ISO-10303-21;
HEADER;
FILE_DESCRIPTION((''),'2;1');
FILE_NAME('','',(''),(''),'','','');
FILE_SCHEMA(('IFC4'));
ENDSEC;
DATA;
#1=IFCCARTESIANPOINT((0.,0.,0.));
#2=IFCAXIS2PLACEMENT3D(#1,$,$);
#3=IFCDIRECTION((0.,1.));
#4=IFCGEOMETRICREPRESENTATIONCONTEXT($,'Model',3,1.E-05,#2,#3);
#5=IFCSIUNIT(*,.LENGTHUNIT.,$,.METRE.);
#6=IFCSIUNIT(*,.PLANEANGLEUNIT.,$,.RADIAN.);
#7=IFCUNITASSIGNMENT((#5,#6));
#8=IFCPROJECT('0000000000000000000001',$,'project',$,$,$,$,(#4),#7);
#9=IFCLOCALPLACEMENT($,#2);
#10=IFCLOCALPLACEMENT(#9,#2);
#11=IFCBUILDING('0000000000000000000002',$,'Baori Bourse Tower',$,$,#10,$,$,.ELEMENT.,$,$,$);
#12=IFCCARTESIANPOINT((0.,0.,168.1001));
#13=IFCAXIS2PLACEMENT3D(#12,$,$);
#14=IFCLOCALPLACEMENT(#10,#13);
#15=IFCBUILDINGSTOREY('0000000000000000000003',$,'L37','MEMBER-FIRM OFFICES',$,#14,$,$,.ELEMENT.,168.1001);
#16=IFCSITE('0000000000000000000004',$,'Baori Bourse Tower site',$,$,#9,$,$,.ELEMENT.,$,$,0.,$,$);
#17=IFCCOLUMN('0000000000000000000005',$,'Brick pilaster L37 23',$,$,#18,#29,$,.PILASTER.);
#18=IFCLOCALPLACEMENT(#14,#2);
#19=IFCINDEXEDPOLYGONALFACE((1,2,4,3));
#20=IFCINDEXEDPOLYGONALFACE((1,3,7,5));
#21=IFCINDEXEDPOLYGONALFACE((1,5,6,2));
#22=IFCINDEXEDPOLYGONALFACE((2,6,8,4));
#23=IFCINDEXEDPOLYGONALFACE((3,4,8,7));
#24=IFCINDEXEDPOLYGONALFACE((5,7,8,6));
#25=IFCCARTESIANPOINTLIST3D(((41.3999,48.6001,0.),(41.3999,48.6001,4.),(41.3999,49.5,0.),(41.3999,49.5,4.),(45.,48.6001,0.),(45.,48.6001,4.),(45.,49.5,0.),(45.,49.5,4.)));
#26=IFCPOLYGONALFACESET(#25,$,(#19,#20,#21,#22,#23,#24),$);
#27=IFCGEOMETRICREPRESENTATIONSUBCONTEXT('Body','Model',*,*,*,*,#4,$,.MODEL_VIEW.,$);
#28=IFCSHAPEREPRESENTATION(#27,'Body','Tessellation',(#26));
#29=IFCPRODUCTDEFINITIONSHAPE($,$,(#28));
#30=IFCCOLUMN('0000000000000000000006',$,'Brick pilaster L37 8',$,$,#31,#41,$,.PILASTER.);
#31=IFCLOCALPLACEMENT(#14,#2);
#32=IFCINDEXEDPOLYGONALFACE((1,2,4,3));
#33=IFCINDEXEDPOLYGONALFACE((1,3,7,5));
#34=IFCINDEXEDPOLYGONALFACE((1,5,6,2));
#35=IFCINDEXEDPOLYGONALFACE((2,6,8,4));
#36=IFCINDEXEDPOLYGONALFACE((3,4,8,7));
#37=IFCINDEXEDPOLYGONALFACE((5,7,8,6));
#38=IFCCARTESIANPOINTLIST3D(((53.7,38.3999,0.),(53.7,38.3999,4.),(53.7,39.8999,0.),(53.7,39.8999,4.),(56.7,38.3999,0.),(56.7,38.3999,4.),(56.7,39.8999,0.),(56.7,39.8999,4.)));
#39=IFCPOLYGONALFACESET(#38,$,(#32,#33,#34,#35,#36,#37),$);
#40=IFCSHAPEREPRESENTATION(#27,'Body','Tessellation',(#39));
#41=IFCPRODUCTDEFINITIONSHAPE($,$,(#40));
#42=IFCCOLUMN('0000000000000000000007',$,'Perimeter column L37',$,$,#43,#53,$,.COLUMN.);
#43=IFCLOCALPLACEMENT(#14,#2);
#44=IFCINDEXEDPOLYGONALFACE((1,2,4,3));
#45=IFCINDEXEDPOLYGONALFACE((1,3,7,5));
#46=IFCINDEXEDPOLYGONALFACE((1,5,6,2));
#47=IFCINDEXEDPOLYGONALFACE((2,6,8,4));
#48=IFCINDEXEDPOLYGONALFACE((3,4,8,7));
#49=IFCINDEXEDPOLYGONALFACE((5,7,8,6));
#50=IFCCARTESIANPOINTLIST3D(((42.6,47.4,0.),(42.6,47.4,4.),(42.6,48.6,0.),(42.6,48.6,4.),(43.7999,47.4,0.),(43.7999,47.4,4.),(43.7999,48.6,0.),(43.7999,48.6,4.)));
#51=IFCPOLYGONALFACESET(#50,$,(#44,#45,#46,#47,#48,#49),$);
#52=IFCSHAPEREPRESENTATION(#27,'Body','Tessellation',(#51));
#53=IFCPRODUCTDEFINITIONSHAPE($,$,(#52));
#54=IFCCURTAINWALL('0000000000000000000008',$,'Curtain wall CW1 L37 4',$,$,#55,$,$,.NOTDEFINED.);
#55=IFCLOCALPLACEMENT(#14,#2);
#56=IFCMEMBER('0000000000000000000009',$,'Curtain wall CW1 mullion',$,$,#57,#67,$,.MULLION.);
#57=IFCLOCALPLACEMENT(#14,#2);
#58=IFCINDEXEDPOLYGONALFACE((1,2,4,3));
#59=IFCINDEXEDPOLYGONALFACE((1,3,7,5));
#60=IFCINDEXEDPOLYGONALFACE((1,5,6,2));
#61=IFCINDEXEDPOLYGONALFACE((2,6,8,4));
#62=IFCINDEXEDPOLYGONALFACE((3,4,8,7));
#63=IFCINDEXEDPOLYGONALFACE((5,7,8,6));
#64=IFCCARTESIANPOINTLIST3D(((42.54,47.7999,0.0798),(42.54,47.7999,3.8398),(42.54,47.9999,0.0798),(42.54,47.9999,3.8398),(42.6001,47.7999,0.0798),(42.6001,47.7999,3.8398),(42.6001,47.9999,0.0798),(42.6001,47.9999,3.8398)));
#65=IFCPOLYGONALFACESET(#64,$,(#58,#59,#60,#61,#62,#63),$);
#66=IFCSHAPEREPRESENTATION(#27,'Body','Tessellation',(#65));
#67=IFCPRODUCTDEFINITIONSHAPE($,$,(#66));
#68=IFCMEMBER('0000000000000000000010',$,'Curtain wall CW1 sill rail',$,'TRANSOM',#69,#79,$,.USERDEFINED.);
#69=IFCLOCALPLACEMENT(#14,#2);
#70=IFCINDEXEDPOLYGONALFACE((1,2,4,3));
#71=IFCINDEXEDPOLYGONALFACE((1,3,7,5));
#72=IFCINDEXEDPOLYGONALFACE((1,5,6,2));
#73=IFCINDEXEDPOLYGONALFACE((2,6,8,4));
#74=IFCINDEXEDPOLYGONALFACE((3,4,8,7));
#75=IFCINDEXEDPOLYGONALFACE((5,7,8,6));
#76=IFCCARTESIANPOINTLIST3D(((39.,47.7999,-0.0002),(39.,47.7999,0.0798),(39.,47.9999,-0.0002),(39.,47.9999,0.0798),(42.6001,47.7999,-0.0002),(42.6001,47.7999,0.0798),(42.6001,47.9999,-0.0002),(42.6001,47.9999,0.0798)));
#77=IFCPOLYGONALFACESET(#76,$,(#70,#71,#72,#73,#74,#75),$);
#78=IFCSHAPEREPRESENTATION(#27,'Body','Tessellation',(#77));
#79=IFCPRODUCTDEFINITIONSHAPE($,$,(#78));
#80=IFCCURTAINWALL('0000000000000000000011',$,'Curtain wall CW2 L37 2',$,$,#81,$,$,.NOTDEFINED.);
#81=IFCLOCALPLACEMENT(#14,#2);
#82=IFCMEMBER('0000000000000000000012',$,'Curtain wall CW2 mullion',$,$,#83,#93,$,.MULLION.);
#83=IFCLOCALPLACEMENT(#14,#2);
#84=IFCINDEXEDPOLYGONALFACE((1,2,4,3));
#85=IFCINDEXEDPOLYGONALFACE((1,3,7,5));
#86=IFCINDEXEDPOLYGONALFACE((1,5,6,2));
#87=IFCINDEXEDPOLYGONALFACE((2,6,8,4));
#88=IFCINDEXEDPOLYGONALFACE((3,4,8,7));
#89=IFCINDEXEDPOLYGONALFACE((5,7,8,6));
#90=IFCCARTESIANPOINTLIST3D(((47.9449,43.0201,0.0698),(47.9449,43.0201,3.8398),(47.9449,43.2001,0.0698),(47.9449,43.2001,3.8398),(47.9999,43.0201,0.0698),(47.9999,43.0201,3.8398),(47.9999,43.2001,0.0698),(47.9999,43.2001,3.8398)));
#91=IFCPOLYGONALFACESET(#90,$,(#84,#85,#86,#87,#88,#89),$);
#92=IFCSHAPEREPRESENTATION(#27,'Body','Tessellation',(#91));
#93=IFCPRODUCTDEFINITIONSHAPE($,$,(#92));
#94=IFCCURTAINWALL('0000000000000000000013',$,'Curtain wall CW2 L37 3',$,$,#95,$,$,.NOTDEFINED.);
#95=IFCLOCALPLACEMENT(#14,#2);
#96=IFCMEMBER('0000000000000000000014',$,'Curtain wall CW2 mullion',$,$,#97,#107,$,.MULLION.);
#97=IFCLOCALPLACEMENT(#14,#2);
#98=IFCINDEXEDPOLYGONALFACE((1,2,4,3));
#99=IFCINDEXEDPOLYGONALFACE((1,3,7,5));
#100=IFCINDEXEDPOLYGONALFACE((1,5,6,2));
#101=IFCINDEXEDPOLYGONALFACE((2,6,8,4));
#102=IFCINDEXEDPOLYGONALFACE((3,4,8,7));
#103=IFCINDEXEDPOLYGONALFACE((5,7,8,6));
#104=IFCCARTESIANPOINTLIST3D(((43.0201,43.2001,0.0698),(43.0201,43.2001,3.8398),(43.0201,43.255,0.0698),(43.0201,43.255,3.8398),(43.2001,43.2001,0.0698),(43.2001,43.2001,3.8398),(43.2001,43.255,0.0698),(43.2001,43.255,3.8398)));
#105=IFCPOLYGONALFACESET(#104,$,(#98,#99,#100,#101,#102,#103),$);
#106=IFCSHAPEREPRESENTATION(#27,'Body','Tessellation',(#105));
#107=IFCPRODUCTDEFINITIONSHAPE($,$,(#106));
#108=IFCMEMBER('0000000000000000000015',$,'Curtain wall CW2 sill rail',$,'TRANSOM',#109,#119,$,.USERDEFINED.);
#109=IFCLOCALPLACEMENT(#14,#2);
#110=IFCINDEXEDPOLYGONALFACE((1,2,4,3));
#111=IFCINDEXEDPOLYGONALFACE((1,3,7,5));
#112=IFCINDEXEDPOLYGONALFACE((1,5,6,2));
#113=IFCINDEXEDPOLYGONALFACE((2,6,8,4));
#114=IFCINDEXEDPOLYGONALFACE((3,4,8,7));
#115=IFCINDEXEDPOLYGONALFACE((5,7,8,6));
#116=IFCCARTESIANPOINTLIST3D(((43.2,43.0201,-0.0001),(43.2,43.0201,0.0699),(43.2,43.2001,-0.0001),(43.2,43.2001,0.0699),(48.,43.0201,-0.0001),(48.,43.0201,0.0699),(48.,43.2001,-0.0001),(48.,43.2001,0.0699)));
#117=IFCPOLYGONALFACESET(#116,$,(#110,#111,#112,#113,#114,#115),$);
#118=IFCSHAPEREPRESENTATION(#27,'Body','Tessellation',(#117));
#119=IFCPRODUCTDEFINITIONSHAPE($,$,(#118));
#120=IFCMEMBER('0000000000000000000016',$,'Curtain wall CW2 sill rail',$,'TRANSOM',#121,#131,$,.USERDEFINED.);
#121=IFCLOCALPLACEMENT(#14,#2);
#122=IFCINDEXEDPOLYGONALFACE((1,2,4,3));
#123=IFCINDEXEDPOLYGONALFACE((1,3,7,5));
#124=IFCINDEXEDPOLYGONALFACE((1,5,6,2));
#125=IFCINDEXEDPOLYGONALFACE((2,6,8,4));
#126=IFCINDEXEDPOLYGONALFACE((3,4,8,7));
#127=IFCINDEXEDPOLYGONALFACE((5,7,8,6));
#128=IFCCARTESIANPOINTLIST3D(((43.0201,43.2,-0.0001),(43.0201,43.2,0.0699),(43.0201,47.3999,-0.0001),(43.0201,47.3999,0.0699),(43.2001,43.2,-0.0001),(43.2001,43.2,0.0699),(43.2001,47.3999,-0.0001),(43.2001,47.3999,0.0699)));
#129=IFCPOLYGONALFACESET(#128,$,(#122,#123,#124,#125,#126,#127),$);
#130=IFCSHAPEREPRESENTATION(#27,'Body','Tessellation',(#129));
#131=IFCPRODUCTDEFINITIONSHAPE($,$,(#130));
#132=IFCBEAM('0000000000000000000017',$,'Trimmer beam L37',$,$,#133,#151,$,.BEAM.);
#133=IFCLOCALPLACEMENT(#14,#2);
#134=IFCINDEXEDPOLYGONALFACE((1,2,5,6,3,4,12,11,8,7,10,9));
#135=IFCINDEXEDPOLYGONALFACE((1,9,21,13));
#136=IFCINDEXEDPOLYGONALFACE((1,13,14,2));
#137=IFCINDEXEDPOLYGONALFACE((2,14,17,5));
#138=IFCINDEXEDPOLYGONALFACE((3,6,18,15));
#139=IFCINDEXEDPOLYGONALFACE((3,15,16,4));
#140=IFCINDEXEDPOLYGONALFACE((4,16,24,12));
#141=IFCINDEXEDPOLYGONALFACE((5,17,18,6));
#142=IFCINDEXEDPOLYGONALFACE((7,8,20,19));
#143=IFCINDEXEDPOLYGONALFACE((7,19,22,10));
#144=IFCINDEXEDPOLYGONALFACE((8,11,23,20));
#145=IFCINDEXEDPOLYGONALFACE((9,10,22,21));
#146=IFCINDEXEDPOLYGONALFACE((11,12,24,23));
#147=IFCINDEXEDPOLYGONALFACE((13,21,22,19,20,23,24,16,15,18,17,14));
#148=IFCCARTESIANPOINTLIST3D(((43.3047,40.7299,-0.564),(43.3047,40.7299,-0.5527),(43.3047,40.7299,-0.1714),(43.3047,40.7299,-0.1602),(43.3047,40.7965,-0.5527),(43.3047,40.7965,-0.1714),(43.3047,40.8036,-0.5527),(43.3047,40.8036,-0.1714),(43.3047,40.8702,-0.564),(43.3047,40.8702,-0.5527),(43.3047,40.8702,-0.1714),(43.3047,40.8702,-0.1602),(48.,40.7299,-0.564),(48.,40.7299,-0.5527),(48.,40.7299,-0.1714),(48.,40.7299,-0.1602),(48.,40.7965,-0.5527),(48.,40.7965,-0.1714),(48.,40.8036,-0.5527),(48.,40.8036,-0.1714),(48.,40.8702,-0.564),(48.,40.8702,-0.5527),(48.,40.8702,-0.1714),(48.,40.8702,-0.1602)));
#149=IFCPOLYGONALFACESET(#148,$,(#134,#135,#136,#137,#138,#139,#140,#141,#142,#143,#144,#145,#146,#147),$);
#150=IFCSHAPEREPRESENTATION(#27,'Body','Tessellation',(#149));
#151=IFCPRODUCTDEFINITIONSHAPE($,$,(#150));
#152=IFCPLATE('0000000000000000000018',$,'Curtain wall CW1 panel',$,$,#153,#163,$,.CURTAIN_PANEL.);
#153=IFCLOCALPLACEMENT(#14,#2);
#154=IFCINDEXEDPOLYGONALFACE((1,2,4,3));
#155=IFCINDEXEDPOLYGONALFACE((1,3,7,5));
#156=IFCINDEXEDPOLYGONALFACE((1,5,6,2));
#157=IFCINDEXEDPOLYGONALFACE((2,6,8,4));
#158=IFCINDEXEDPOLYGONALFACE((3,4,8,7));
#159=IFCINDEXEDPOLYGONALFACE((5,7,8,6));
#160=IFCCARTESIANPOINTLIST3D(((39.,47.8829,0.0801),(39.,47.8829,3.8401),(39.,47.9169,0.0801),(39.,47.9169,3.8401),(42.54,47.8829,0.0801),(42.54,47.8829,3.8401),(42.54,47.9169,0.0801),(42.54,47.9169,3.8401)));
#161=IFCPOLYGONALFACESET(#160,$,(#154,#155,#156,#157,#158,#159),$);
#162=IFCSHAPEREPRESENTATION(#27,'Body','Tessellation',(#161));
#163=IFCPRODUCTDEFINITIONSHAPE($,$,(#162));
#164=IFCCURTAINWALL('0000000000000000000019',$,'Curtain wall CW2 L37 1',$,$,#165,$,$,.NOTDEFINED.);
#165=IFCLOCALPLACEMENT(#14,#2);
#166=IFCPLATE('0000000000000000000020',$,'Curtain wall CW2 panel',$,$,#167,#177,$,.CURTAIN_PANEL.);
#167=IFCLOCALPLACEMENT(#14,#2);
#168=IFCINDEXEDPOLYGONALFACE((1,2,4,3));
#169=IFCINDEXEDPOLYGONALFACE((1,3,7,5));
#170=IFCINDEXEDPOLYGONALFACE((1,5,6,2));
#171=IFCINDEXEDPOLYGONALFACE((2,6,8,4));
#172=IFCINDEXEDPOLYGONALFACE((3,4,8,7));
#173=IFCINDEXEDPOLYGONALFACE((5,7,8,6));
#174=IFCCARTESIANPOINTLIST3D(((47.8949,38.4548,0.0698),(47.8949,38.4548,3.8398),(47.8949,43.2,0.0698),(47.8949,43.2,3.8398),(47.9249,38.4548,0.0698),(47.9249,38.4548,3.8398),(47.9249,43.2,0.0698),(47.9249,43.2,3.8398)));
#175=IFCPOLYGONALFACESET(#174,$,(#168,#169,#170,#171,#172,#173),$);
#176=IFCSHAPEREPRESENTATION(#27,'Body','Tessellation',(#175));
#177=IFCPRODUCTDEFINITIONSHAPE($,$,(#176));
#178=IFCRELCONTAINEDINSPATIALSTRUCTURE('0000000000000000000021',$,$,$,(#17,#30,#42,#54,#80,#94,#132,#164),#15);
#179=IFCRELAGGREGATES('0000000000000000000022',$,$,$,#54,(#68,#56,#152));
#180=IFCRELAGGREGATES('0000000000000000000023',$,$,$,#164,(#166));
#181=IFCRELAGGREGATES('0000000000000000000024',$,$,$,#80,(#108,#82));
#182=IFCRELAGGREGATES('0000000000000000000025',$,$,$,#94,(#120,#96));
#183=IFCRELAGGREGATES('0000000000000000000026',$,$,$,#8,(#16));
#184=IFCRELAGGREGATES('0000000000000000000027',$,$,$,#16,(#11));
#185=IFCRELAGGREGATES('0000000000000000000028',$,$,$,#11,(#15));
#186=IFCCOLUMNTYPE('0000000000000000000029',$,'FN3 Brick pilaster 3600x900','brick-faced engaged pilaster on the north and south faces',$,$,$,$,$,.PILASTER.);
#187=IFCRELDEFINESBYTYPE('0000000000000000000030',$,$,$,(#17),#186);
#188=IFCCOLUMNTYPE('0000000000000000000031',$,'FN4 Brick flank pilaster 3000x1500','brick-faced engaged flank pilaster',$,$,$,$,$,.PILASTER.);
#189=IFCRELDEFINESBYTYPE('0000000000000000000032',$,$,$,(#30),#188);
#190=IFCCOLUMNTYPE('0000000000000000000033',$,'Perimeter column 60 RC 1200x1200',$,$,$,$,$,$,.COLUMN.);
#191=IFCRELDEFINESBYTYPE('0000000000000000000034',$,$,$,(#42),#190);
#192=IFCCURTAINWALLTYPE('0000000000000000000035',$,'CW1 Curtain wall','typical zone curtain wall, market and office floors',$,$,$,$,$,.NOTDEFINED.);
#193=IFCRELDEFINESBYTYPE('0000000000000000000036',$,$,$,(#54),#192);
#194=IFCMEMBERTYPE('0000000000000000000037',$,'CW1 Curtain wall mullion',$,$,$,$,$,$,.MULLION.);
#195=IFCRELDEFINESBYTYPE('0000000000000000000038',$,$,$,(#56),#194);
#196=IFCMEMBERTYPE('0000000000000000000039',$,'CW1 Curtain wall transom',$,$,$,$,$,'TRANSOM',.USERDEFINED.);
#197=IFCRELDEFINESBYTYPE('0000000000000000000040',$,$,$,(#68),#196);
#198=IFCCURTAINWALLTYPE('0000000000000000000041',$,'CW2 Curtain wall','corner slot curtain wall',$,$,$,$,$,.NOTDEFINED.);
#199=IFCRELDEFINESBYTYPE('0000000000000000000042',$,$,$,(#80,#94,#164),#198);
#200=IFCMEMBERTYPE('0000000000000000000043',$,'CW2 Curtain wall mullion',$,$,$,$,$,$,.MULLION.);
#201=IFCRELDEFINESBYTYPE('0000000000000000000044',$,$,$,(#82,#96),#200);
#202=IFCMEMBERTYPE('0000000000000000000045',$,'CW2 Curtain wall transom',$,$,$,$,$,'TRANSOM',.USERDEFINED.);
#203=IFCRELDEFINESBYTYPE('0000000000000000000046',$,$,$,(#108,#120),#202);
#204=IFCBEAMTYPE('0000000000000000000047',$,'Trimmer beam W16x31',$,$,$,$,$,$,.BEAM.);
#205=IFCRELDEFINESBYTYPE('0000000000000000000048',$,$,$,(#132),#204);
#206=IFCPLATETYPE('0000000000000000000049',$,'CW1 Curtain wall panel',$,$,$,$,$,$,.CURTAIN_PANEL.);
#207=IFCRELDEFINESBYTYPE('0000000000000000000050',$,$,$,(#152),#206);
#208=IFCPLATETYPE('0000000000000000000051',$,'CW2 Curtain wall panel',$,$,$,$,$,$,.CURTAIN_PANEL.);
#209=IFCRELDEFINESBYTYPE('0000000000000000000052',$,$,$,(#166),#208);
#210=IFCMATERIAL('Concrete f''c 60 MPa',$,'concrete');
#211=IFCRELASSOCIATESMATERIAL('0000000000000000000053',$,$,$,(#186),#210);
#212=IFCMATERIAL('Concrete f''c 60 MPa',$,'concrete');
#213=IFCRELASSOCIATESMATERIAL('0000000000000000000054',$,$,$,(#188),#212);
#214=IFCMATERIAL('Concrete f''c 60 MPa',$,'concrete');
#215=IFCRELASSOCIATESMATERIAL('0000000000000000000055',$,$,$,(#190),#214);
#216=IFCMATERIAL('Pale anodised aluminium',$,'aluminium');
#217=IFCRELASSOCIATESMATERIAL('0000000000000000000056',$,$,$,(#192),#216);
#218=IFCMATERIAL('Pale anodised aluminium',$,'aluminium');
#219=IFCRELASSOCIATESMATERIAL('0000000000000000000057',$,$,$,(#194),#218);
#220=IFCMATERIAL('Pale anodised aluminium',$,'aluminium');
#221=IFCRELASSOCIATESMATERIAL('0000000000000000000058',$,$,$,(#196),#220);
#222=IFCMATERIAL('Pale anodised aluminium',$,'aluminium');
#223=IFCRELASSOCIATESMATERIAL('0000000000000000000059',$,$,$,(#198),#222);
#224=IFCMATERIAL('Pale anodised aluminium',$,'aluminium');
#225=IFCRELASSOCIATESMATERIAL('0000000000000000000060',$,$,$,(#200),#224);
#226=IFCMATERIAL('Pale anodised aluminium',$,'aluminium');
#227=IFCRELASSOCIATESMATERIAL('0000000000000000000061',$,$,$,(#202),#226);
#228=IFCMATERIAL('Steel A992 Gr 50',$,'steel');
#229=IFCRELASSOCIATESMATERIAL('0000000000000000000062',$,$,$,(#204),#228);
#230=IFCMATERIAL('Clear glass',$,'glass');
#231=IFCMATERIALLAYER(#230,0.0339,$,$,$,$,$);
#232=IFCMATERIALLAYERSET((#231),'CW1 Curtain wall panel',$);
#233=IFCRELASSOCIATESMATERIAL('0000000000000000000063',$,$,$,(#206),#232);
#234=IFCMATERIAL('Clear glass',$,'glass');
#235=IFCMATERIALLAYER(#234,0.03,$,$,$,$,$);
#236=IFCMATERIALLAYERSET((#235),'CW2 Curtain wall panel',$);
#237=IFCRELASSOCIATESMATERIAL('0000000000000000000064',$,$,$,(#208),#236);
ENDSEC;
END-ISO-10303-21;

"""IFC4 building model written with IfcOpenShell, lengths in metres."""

from ifc_helpers import new_model, si_unit, direction, frame, origin, origin_2d, place, context, subcontext, project, spatial, rectangle, i_section, extrude, material, layer, layer_set, material_profile, profile_set, type_object, element, aggregate, save


model = new_model("IFC4")

# Units and contexts
model_context = context("Model", 3, precision=1e-05, world=origin(), true_north=direction((0.0, 1.0)))
body_context = subcontext(model_context, "Body", "Model", "MODEL_VIEW")
ifc_project = project(units=[si_unit("LENGTHUNIT", "METRE"), si_unit("PLANEANGLEUNIT", "RADIAN")], contexts=[model_context])

# Site, building, storey
site_placement = place(None, origin())
site = spatial("IfcSite", under=ifc_project, at=site_placement, Name="Baori Bourse Tower site", CompositionType="ELEMENT", RefElevation=0.0)
building_placement = place(site_placement, origin())
building = spatial("IfcBuilding", under=site, at=building_placement, Name="Baori Bourse Tower", CompositionType="ELEMENT")
storey_placement = place(building_placement, frame((0.0, 0.0, 168.1001)))
storey = spatial("IfcBuildingStorey", under=building, at=storey_placement, Name="L37", Description="MEMBER-FIRM OFFICES", CompositionType="ELEMENT", Elevation=168.1001)

# Columns
ifc_material_1 = material(Name="Concrete f'c 60 MPa", Category="concrete")
ifc_material_profile_1 = material_profile(ifc_material_1, rectangle(XDim=3.6001, YDim=0.8999, at=origin_2d()), Name="RC 3600x900")
ifc_profile_set_1 = profile_set([ifc_material_profile_1], Name="Concrete f'c 60 MPa")
column_type_1 = type_object("IfcColumnType", Name="FN3 Brick pilaster 3600x900", Description="brick-faced engaged pilaster on the north and south faces", PredefinedType="PILASTER", material=ifc_profile_set_1)
column_1_placement = place(storey_placement, frame((43.2, 49.05, 0.0), z_axis=(0.0, 0.0, 1.0), x_axis=(1.0, 0.0, 0.0)))
element("IfcColumn", 1, at=column_1_placement, inside=storey, type_object=column_type_1, Name="Brick pilaster L37 23", PredefinedType="PILASTER", context=body_context, shape_type="SweptSolid", body=[
    extrude(rectangle(XDim=3.6001, YDim=0.8999, at=origin_2d()), origin(), (0.0, 0.0, 1.0), 4.0),
])
ifc_material_2 = material(Name="Concrete f'c 60 MPa", Category="concrete")
ifc_material_profile_2 = material_profile(ifc_material_2, rectangle(XDim=3.0, YDim=1.5, at=origin_2d()), Name="RC 3000x1500")
ifc_profile_set_2 = profile_set([ifc_material_profile_2], Name="Concrete f'c 60 MPa")
column_type_2 = type_object("IfcColumnType", Name="FN4 Brick flank pilaster 3000x1500", Description="brick-faced engaged flank pilaster", PredefinedType="PILASTER", material=ifc_profile_set_2)
column_2_placement = place(storey_placement, frame((55.2, 39.1499, 0.0), z_axis=(0.0, 0.0, 1.0), x_axis=(1.0, 0.0, 0.0)))
element("IfcColumn", 2, at=column_2_placement, inside=storey, type_object=column_type_2, Name="Brick pilaster L37 8", PredefinedType="PILASTER", context=body_context, shape_type="SweptSolid", body=[
    extrude(rectangle(XDim=3.0, YDim=1.5, at=origin_2d()), origin(), (0.0, 0.0, 1.0), 4.0),
])
ifc_material_3 = material(Name="Concrete f'c 60 MPa", Category="concrete")
ifc_material_profile_3 = material_profile(ifc_material_3, rectangle(XDim=1.2, YDim=1.2, at=origin_2d()), Name="RC 1200x1200")
ifc_profile_set_3 = profile_set([ifc_material_profile_3], Name="Concrete f'c 60 MPa")
column_type_3 = type_object("IfcColumnType", Name="Perimeter column 60 RC 1200x1200", PredefinedType="COLUMN", material=ifc_profile_set_3)
column_3_placement = place(storey_placement, frame((43.2, 48.0, 0.0), z_axis=(0.0, 0.0, 1.0), x_axis=(1.0, 0.0, 0.0)))
element("IfcColumn", 3, at=column_3_placement, inside=storey, type_object=column_type_3, Name="Perimeter column L37", PredefinedType="COLUMN", context=body_context, shape_type="SweptSolid", body=[
    extrude(rectangle(XDim=1.2, YDim=1.2, at=origin_2d()), origin(), (0.0, 0.0, 1.0), 4.0),
])

# Curtain wall, members
ifc_material_4 = material(Name="Pale anodised aluminium", Category="aluminium")
curtain_wall_type_1 = type_object("IfcCurtainWallType", Name="CW1 Curtain wall", Description="typical zone curtain wall, market and office floors", PredefinedType="NOTDEFINED", material=ifc_material_4)
curtain_wall_1_placement = place(storey_placement, origin())
curtain_wall_1 = element("IfcCurtainWall", 4, at=curtain_wall_1_placement, inside=storey, type_object=curtain_wall_type_1, Name="Curtain wall CW1 L37 4", PredefinedType="NOTDEFINED")
ifc_material_5 = material(Name="Pale anodised aluminium", Category="aluminium")
ifc_material_profile_4 = material_profile(ifc_material_5, rectangle(XDim=0.2, YDim=0.0601, at=origin_2d()), Name="Mullion 60x200")
ifc_profile_set_4 = profile_set([ifc_material_profile_4], Name="Pale anodised aluminium")
member_type_1 = type_object("IfcMemberType", Name="CW1 Curtain wall mullion", PredefinedType="MULLION", material=ifc_profile_set_4)
member_1_placement = place(storey_placement, frame((42.5701, 47.8999, 0.0798), z_axis=(0.0, 0.0, 1.0), x_axis=(0.0, -1.0, 0.0)))
member_1 = element("IfcMember", 5, at=member_1_placement, type_object=member_type_1, Name="Curtain wall CW1 mullion", PredefinedType="MULLION", context=body_context, shape_type="SweptSolid", body=[
    extrude(rectangle(XDim=0.2, YDim=0.0601, at=origin_2d()), origin(), (0.0, 0.0, 1.0), 3.76),
])
ifc_material_6 = material(Name="Pale anodised aluminium", Category="aluminium")
ifc_material_profile_5 = material_profile(ifc_material_6, rectangle(XDim=0.2, YDim=0.0801, at=origin_2d()), Name="Transom 80x200")
ifc_profile_set_5 = profile_set([ifc_material_profile_5], Name="Pale anodised aluminium")
member_type_2 = type_object("IfcMemberType", Name="CW1 Curtain wall transom", ElementType="TRANSOM", PredefinedType="USERDEFINED", material=ifc_profile_set_5)
member_2_placement = place(storey_placement, frame((42.6001, 47.8999, 0.0398), z_axis=(-1.0, 0.0, 0.0), x_axis=(0.0, -1.0, 0.0)))
member_2 = element("IfcMember", 6, at=member_2_placement, type_object=member_type_2, Name="Curtain wall CW1 sill rail", ObjectType="TRANSOM", PredefinedType="USERDEFINED", context=body_context, shape_type="SweptSolid", body=[
    extrude(rectangle(XDim=0.2, YDim=0.0801, at=origin_2d()), origin(), (0.0, 0.0, 1.0), 3.6001),
])

# Curtain walls, members
ifc_material_7 = material(Name="Pale anodised aluminium", Category="aluminium")
curtain_wall_type_2 = type_object("IfcCurtainWallType", Name="CW2 Curtain wall", Description="corner slot curtain wall", PredefinedType="NOTDEFINED", material=ifc_material_7)
curtain_wall_2_placement = place(storey_placement, origin())
curtain_wall_2 = element("IfcCurtainWall", 7, at=curtain_wall_2_placement, inside=storey, type_object=curtain_wall_type_2, Name="Curtain wall CW2 L37 2", PredefinedType="NOTDEFINED")
ifc_material_8 = material(Name="Pale anodised aluminium", Category="aluminium")
ifc_material_profile_6 = material_profile(ifc_material_8, rectangle(XDim=0.1799, YDim=0.0549, at=origin_2d()), Name="Mullion 55x180")
ifc_profile_set_6 = profile_set([ifc_material_profile_6], Name="Pale anodised aluminium")
member_type_3 = type_object("IfcMemberType", Name="CW2 Curtain wall mullion", PredefinedType="MULLION", material=ifc_profile_set_6)
member_3_placement = place(storey_placement, frame((47.9724, 43.1101, 0.0698), z_axis=(0.0, 0.0, 1.0), x_axis=(0.0, -1.0, 0.0)))
member_3 = element("IfcMember", 8, at=member_3_placement, type_object=member_type_3, Name="Curtain wall CW2 mullion", PredefinedType="MULLION", context=body_context, shape_type="SweptSolid", body=[
    extrude(rectangle(XDim=0.1799, YDim=0.0549, at=origin_2d()), origin(), (0.0, 0.0, 1.0), 3.77),
])
curtain_wall_3_placement = place(storey_placement, origin())
curtain_wall_3 = element("IfcCurtainWall", 9, at=curtain_wall_3_placement, inside=storey, type_object=curtain_wall_type_2, Name="Curtain wall CW2 L37 3", PredefinedType="NOTDEFINED")
member_4_placement = place(storey_placement, frame((43.1101, 43.2275, 0.0698), z_axis=(0.0, 0.0, 1.0), x_axis=(-1.0, 0.0, 0.0)))
member_4 = element("IfcMember", 10, at=member_4_placement, type_object=member_type_3, Name="Curtain wall CW2 mullion", PredefinedType="MULLION", context=body_context, shape_type="SweptSolid", body=[
    extrude(rectangle(XDim=0.1799, YDim=0.0549, at=origin_2d()), origin(), (0.0, 0.0, 1.0), 3.77),
])

# Members
ifc_material_9 = material(Name="Pale anodised aluminium", Category="aluminium")
ifc_material_profile_7 = material_profile(ifc_material_9, rectangle(XDim=0.1799, YDim=0.0701, at=origin_2d()), Name="Transom 70x180")
ifc_profile_set_7 = profile_set([ifc_material_profile_7], Name="Pale anodised aluminium")
member_type_4 = type_object("IfcMemberType", Name="CW2 Curtain wall transom", ElementType="TRANSOM", PredefinedType="USERDEFINED", material=ifc_profile_set_7)
member_5_placement = place(storey_placement, frame((48.0, 43.1101, 0.0349), z_axis=(-1.0, 0.0, 0.0), x_axis=(0.0, -1.0, 0.0)))
member_5 = element("IfcMember", 11, at=member_5_placement, type_object=member_type_4, Name="Curtain wall CW2 sill rail", ObjectType="TRANSOM", PredefinedType="USERDEFINED", context=body_context, shape_type="SweptSolid", body=[
    extrude(rectangle(XDim=0.1799, YDim=0.0701, at=origin_2d()), origin(), (0.0, 0.0, 1.0), 4.8),
])
member_6_placement = place(storey_placement, frame((43.1101, 43.2, 0.0349), z_axis=(0.0, 1.0, 0.0), x_axis=(-1.0, 0.0, 0.0)))
member_6 = element("IfcMember", 12, at=member_6_placement, type_object=member_type_4, Name="Curtain wall CW2 sill rail", ObjectType="TRANSOM", PredefinedType="USERDEFINED", context=body_context, shape_type="SweptSolid", body=[
    extrude(rectangle(XDim=0.1799, YDim=0.0701, at=origin_2d()), origin(), (0.0, 0.0, 1.0), 4.2),
])

# Beam
ifc_material_10 = material(Name="Steel A992 Gr 50", Category="steel")
ifc_material_profile_8 = material_profile(ifc_material_10, i_section(OverallWidth=0.1404, OverallDepth=0.4038, WebThickness=0.0071, FlangeThickness=0.0112, at=origin_2d()), Name="W16x31")
ifc_profile_set_8 = profile_set([ifc_material_profile_8], Name="Steel A992 Gr 50")
beam_type = type_object("IfcBeamType", Name="Trimmer beam W16x31", PredefinedType="BEAM", material=ifc_profile_set_8)
beam_placement = place(storey_placement, frame((43.3047, 40.8, -0.3621), z_axis=(1.0, 0.0, 0.0), x_axis=(0.0, 1.0, 0.0)))
element("IfcBeam", 13, at=beam_placement, inside=storey, type_object=beam_type, Name="Trimmer beam L37", PredefinedType="BEAM", context=body_context, shape_type="SweptSolid", body=[
    extrude(i_section(OverallWidth=0.1404, OverallDepth=0.4038, WebThickness=0.0071, FlangeThickness=0.0112, at=origin_2d()), origin(), (0.0, 0.0, 1.0), 4.6953),
])

# Plate
ifc_material_11 = material(Name="Clear glass", Category="glass")
ifc_layer_1 = layer(ifc_material_11, 0.0339)
ifc_layer_set_1 = layer_set([ifc_layer_1], Name="CW1 Curtain wall panel")
plate_type_1 = type_object("IfcPlateType", Name="CW1 Curtain wall panel", PredefinedType="CURTAIN_PANEL", material=ifc_layer_set_1)
plate_1_placement = place(storey_placement, frame((40.77, 47.8999, 0.0801), z_axis=(0.0, 0.0, 1.0), x_axis=(-1.0, 0.0, 0.0)))
plate_1 = element("IfcPlate", 14, at=plate_1_placement, type_object=plate_type_1, Name="Curtain wall CW1 panel", PredefinedType="CURTAIN_PANEL", context=body_context, shape_type="SweptSolid", body=[
    extrude(rectangle(XDim=3.54, YDim=0.0339, at=origin_2d()), origin(), (0.0, 0.0, 1.0), 3.76),
])
aggregate(curtain_wall_1, [member_2, member_1, plate_1])

# Curtain wall, plate
curtain_wall_4_placement = place(storey_placement, origin())
curtain_wall_4 = element("IfcCurtainWall", 15, at=curtain_wall_4_placement, inside=storey, type_object=curtain_wall_type_2, Name="Curtain wall CW2 L37 1", PredefinedType="NOTDEFINED")
ifc_material_12 = material(Name="Clear glass", Category="glass")
ifc_layer_2 = layer(ifc_material_12, 0.03)
ifc_layer_set_2 = layer_set([ifc_layer_2], Name="CW2 Curtain wall panel")
plate_type_2 = type_object("IfcPlateType", Name="CW2 Curtain wall panel", PredefinedType="CURTAIN_PANEL", material=ifc_layer_set_2)
plate_2_placement = place(storey_placement, frame((47.9099, 40.8274, 0.0698), z_axis=(0.0, 0.0, 1.0), x_axis=(0.0, 1.0, 0.0)))
plate_2 = element("IfcPlate", 16, at=plate_2_placement, type_object=plate_type_2, Name="Curtain wall CW2 panel", PredefinedType="CURTAIN_PANEL", context=body_context, shape_type="SweptSolid", body=[
    extrude(rectangle(XDim=4.7451, YDim=0.03, at=origin_2d()), origin(), (0.0, 0.0, 1.0), 3.77),
])
aggregate(curtain_wall_4, [plate_2])

aggregate(curtain_wall_2, [member_5, member_3])
aggregate(curtain_wall_3, [member_6, member_4])

save(model, "model.ifc")
